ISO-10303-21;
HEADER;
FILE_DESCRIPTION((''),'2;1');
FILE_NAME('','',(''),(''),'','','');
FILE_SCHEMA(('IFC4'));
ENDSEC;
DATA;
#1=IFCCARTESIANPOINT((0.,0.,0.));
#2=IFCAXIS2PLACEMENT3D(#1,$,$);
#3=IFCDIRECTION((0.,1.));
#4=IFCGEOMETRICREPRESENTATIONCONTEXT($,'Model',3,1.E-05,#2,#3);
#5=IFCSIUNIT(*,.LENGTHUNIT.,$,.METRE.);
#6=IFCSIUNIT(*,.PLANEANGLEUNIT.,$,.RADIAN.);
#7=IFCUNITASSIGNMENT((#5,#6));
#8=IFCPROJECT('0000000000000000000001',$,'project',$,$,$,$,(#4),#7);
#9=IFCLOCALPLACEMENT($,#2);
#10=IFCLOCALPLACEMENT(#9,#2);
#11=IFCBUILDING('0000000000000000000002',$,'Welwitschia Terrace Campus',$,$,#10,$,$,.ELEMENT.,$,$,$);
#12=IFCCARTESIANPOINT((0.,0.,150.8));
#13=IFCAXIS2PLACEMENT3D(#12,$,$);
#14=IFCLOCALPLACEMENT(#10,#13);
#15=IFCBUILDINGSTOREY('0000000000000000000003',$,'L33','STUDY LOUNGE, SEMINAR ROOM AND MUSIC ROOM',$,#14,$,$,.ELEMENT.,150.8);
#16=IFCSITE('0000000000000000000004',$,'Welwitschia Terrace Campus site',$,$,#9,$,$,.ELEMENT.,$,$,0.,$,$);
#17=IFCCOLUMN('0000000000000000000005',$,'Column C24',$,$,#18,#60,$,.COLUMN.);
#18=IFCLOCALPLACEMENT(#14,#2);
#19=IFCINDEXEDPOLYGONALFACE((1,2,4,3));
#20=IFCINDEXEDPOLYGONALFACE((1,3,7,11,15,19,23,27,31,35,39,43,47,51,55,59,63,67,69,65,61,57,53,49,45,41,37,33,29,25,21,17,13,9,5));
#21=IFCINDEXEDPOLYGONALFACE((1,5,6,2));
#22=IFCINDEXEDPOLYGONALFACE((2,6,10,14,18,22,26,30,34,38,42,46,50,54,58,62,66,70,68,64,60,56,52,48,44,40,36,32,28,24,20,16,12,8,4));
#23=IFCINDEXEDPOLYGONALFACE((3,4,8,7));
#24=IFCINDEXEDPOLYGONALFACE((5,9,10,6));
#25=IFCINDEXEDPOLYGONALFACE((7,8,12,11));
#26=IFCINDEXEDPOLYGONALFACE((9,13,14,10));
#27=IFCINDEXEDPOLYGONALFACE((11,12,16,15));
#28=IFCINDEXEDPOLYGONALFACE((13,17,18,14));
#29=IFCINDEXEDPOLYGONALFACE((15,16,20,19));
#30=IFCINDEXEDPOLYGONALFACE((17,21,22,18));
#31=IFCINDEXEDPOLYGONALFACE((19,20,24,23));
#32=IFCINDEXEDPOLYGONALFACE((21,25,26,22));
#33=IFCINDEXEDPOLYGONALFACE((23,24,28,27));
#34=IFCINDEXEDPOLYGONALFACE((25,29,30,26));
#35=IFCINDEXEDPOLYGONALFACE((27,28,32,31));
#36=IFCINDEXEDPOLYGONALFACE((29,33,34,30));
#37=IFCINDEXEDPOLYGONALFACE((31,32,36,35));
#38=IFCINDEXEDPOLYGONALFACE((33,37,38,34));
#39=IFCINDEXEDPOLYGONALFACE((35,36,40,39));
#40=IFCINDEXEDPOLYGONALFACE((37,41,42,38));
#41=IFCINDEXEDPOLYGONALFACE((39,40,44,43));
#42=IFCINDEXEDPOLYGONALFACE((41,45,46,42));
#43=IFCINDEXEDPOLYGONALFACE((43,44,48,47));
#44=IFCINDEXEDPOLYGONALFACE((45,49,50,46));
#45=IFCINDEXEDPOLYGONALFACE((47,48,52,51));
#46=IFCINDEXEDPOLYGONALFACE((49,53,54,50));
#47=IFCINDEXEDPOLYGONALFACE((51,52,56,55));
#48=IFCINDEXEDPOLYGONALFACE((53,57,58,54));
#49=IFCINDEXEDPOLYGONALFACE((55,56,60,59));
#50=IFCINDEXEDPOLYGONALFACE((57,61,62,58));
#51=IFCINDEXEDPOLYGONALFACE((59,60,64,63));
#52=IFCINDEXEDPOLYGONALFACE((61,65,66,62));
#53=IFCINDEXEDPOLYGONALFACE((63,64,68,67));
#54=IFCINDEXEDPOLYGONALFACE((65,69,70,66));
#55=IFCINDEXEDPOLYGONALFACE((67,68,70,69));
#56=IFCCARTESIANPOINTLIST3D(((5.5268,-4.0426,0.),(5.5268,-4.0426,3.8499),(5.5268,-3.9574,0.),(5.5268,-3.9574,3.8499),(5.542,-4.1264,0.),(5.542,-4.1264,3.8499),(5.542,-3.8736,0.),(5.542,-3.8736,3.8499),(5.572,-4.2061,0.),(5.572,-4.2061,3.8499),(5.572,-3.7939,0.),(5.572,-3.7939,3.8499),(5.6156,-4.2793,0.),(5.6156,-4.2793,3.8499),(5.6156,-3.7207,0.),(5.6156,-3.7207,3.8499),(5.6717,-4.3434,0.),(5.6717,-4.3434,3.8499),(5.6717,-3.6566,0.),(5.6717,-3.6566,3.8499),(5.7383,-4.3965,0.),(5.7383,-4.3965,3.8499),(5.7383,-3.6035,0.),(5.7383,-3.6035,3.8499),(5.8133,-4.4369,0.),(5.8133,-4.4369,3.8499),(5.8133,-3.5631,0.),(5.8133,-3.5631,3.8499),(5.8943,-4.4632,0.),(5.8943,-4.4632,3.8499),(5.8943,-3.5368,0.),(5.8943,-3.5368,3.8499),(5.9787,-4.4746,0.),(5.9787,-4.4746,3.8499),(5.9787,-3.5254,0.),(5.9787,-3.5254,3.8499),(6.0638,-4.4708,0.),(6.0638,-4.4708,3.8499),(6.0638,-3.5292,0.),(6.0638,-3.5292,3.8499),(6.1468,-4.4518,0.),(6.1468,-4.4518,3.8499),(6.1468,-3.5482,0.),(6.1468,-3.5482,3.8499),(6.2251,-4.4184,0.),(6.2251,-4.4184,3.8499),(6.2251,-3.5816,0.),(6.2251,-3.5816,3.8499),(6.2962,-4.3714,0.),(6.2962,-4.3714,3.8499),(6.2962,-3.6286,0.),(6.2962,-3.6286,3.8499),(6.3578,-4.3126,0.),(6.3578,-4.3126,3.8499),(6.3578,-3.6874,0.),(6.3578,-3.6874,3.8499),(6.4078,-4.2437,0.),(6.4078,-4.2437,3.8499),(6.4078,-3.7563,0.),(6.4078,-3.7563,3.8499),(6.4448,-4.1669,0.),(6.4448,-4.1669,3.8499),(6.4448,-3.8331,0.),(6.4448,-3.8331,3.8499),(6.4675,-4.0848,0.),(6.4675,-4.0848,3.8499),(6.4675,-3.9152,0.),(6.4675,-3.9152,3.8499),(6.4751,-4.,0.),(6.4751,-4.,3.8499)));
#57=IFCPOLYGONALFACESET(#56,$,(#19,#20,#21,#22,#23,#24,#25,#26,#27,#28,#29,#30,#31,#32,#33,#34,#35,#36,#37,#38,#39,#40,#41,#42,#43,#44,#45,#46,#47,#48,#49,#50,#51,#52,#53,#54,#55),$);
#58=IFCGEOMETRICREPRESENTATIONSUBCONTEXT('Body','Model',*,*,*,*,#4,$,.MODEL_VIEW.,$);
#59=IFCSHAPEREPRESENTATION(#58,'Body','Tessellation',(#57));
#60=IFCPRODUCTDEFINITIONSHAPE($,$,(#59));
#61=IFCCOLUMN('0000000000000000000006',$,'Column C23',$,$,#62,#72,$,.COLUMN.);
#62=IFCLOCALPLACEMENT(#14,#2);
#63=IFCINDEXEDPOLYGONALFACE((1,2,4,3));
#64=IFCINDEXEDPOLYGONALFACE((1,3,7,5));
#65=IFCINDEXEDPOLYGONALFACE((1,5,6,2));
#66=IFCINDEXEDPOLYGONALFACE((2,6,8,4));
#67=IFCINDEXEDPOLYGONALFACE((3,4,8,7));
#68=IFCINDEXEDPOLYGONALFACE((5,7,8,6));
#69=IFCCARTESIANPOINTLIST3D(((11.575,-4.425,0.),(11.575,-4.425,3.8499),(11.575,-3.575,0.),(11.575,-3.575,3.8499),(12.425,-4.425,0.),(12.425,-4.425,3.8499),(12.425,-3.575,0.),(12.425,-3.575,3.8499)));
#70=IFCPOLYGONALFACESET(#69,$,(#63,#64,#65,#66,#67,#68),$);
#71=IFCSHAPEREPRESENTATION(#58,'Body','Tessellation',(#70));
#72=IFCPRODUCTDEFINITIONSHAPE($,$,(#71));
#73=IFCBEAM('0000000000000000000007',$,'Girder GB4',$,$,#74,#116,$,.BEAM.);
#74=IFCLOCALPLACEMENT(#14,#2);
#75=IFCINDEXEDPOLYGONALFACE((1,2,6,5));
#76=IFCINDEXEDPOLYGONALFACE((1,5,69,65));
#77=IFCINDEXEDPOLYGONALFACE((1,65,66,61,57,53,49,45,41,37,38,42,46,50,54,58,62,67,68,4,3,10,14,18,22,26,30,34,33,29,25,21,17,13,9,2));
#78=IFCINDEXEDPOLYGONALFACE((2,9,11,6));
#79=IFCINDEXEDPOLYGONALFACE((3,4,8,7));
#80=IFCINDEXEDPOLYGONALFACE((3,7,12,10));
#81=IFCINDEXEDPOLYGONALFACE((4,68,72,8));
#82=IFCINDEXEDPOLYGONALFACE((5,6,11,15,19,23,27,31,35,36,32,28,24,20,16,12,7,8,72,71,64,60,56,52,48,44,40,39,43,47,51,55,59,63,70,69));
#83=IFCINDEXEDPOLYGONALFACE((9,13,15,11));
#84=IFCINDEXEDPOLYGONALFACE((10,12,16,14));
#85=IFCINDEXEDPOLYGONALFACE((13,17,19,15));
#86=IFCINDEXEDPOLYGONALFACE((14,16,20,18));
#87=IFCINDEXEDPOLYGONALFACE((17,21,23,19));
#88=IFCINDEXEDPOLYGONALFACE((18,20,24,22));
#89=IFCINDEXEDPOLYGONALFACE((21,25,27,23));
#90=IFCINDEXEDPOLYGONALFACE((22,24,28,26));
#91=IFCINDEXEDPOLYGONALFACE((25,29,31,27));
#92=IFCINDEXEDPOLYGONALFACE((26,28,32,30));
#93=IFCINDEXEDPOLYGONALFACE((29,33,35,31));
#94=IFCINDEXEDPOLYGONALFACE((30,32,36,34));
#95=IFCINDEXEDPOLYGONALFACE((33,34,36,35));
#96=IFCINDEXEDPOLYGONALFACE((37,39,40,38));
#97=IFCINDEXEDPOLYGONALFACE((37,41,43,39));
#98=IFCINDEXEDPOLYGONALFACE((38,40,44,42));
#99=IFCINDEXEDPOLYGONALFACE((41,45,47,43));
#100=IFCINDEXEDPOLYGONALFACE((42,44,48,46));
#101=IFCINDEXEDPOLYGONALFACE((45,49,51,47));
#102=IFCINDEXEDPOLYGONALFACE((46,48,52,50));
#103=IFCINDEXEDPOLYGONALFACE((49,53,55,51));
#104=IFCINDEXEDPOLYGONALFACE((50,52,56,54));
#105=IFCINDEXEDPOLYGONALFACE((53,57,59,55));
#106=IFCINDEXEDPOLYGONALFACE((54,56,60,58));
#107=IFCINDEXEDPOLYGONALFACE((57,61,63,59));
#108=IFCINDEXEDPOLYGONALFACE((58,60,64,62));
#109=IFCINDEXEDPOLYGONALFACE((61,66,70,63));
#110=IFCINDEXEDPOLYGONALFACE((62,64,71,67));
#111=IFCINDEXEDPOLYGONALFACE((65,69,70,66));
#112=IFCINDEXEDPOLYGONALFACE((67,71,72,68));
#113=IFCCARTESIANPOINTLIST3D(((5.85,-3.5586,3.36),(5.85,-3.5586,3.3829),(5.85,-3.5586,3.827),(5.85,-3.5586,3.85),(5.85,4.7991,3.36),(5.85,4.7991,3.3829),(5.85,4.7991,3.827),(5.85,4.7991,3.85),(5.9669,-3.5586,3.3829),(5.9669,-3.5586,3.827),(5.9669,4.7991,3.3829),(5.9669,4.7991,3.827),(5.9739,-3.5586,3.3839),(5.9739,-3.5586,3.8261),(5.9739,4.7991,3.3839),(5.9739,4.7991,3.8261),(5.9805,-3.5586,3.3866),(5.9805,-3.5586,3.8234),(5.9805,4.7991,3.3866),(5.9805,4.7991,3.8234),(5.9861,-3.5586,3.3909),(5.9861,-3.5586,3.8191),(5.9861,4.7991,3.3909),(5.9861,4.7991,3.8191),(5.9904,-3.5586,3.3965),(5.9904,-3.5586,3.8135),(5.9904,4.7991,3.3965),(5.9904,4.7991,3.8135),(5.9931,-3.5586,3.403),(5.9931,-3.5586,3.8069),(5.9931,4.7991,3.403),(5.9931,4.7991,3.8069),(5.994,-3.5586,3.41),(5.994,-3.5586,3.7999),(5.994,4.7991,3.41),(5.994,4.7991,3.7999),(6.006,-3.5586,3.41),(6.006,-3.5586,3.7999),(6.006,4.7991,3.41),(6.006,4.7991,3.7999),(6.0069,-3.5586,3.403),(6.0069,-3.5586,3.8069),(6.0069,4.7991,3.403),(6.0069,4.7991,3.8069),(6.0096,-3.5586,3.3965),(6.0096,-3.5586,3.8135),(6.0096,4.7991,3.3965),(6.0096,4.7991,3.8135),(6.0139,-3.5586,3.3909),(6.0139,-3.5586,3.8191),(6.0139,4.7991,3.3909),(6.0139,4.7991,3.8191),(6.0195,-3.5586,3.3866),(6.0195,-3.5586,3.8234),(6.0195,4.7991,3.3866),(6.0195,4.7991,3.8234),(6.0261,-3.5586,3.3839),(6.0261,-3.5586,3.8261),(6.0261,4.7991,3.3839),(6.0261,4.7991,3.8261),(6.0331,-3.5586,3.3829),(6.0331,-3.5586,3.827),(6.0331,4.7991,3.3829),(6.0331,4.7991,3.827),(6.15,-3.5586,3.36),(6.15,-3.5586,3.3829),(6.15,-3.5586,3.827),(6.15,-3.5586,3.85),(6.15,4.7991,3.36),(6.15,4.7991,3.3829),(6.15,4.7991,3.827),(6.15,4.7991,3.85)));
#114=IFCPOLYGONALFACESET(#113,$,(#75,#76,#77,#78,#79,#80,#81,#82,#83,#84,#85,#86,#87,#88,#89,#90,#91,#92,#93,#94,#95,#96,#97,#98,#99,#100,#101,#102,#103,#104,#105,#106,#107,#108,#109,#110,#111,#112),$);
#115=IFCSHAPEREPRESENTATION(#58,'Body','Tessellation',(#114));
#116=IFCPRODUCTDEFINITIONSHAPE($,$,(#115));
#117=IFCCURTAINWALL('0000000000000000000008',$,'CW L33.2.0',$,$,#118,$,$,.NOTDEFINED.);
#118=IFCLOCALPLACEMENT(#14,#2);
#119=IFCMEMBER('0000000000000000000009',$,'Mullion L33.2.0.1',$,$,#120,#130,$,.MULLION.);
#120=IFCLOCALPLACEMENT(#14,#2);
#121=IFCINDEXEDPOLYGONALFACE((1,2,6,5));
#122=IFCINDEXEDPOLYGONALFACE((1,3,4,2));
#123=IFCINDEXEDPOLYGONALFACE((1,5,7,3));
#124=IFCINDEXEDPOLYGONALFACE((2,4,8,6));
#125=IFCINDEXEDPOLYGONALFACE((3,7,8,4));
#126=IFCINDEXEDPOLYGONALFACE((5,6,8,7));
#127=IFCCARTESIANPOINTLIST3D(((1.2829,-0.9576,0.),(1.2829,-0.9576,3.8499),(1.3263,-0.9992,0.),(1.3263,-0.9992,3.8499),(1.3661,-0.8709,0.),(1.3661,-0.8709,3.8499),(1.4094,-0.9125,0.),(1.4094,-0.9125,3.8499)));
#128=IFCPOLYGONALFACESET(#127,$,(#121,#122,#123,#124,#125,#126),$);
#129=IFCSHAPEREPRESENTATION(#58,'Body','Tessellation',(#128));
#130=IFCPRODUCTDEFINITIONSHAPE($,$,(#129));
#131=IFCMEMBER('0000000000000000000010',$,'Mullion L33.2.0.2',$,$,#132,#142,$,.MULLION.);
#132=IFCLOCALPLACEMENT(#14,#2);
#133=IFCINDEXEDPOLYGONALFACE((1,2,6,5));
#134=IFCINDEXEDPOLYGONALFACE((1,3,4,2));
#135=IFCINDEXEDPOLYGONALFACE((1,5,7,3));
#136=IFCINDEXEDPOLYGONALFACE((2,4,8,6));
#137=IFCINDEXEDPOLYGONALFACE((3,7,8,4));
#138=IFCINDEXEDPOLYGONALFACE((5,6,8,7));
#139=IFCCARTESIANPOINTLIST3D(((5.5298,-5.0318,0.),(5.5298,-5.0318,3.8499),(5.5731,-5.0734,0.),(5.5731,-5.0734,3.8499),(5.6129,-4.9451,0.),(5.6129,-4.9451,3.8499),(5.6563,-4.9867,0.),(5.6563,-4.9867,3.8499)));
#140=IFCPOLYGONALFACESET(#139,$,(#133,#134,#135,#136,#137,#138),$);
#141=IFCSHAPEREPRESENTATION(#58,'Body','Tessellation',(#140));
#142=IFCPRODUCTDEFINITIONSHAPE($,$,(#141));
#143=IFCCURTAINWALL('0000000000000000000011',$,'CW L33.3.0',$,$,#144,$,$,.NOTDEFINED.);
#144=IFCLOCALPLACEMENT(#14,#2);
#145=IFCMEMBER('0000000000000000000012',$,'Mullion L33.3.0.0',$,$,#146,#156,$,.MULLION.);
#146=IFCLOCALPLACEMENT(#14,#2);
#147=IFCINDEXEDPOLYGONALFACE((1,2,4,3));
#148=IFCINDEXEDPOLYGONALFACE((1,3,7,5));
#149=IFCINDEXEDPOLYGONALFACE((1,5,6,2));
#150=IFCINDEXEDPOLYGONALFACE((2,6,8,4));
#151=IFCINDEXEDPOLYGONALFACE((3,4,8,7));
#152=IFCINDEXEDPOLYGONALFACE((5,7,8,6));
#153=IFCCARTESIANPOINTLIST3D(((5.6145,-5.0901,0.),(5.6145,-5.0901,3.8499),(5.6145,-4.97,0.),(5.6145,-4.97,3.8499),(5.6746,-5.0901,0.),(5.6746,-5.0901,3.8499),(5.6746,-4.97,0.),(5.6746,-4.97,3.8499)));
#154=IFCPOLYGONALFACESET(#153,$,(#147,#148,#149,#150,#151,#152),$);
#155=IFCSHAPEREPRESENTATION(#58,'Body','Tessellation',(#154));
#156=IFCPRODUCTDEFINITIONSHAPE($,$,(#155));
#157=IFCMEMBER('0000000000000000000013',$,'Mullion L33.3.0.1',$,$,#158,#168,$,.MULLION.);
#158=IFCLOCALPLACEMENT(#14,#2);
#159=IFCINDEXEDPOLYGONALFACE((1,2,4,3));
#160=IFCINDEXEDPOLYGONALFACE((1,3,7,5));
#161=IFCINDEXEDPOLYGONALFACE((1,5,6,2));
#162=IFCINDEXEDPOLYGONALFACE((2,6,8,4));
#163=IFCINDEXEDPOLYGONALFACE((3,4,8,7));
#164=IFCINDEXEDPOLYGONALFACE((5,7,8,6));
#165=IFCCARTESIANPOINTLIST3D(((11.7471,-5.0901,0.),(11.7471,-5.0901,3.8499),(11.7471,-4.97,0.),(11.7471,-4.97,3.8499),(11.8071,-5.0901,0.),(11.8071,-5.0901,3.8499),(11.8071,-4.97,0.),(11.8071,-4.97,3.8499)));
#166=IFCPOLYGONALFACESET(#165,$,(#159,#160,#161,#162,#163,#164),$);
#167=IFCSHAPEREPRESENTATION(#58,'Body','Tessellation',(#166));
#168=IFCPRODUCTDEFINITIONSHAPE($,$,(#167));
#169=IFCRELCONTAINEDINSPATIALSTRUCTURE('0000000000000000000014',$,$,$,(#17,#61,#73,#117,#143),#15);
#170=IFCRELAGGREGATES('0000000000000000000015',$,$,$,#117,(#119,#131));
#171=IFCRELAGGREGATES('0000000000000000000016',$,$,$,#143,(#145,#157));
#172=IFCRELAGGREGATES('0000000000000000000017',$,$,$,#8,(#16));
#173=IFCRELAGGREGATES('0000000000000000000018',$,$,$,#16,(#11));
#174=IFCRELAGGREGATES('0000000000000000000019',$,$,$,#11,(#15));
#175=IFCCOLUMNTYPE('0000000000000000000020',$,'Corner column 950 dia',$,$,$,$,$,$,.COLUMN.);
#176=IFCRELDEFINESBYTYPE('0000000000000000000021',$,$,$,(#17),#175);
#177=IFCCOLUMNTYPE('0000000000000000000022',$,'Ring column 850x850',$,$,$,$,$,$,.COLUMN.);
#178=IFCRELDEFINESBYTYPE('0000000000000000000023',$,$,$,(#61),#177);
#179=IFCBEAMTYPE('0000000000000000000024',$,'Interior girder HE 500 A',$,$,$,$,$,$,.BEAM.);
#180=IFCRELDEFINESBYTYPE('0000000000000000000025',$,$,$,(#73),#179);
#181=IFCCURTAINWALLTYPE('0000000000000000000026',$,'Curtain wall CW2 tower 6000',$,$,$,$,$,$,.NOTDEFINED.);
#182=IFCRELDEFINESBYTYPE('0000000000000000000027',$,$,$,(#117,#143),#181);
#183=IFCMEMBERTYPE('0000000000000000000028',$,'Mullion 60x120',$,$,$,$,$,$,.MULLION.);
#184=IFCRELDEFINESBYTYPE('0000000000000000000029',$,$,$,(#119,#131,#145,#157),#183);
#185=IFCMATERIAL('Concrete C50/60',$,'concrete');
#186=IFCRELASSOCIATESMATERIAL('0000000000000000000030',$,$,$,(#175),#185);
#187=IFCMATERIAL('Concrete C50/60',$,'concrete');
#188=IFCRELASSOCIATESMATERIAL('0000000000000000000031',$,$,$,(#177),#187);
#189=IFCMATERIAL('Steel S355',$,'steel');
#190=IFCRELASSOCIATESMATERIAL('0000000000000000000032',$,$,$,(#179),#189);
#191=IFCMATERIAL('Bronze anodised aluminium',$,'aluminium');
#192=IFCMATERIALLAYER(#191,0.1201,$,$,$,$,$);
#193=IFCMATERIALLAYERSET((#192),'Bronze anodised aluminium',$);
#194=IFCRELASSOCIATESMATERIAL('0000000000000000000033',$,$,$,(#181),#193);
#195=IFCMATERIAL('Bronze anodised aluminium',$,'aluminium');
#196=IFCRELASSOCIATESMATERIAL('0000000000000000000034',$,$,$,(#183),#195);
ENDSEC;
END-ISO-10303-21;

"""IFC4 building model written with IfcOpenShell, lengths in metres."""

from ifc_helpers import new_model, si_unit, direction, frame, origin, origin_2d, place, context, subcontext, project, spatial, rectangle, circle, i_section, extrude, material, layer, layer_set, material_profile, profile_set, type_object, element, aggregate, save


model = new_model("IFC4")

# Units and contexts
model_context = context("Model", 3, precision=1e-05, world=origin(), true_north=direction((0.0, 1.0)))
body_context = subcontext(model_context, "Body", "Model", "MODEL_VIEW")
ifc_project = project(units=[si_unit("LENGTHUNIT", "METRE"), si_unit("PLANEANGLEUNIT", "RADIAN")], contexts=[model_context])

# Site, building, storey
site_placement = place(None, origin())
site = spatial("IfcSite", under=ifc_project, at=site_placement, Name="Welwitschia Terrace Campus site", CompositionType="ELEMENT", RefElevation=0.0)
building_placement = place(site_placement, origin())
building = spatial("IfcBuilding", under=site, at=building_placement, Name="Welwitschia Terrace Campus", CompositionType="ELEMENT")
storey_placement = place(building_placement, frame((0.0, 0.0, 150.8)))
storey = spatial("IfcBuildingStorey", under=building, at=storey_placement, Name="L33", Description="STUDY LOUNGE, SEMINAR ROOM AND MUSIC ROOM", CompositionType="ELEMENT", Elevation=150.8)

# Columns
ifc_material_1 = material(Name="Concrete C50/60", Category="concrete")
ifc_material_profile_1 = material_profile(ifc_material_1, circle(Radius=0.4751, at=origin_2d()))
ifc_profile_set_1 = profile_set([ifc_material_profile_1], Name="Concrete C50/60")
column_type_1 = type_object("IfcColumnType", Name="Corner column 950 dia", PredefinedType="COLUMN", material=ifc_profile_set_1)
column_1_placement = place(storey_placement, frame((6.0, -4.0, 0.0), z_axis=(0.0, 0.0, 1.0), x_axis=(1.0, 0.0, 0.0)))
element("IfcColumn", 1, at=column_1_placement, inside=storey, type_object=column_type_1, Name="Column C24", PredefinedType="COLUMN", context=body_context, shape_type="SweptSolid", body=[
    extrude(circle(Radius=0.4751, at=origin_2d()), origin(), (0.0, 0.0, 1.0), 3.8499),
])
ifc_material_2 = material(Name="Concrete C50/60", Category="concrete")
ifc_material_profile_2 = material_profile(ifc_material_2, rectangle(XDim=0.8501, YDim=0.8501, at=origin_2d()))
ifc_profile_set_2 = profile_set([ifc_material_profile_2], Name="Concrete C50/60")
column_type_2 = type_object("IfcColumnType", Name="Ring column 850x850", PredefinedType="COLUMN", material=ifc_profile_set_2)
column_2_placement = place(storey_placement, frame((12.0, -4.0, 0.0), z_axis=(0.0, 0.0, 1.0), x_axis=(1.0, 0.0, 0.0)))
element("IfcColumn", 2, at=column_2_placement, inside=storey, type_object=column_type_2, Name="Column C23", PredefinedType="COLUMN", context=body_context, shape_type="SweptSolid", body=[
    extrude(rectangle(XDim=0.8501, YDim=0.8501, at=origin_2d()), origin(), (0.0, 0.0, 1.0), 3.8499),
])

# Beam
ifc_material_3 = material(Name="Steel S355", Category="steel")
ifc_material_profile_3 = material_profile(ifc_material_3, i_section(OverallWidth=0.3, OverallDepth=0.49, WebThickness=0.012, FlangeThickness=0.0229, FilletRadius=0.0271, at=origin_2d()))
ifc_profile_set_3 = profile_set([ifc_material_profile_3], Name="Steel S355")
beam_type_1 = type_object("IfcBeamType", Name="Interior girder HE 500 A", PredefinedType="BEAM", material=ifc_profile_set_3)
beam_1_placement = place(storey_placement, frame((6.0, -3.5586, 3.605), z_axis=(0.0, 1.0, 0.0), x_axis=(-1.0, 0.0, 0.0)))
element("IfcBeam", 3, at=beam_1_placement, inside=storey, type_object=beam_type_1, Name="Girder GB4", PredefinedType="BEAM", context=body_context, shape_type="SweptSolid", body=[
    extrude(i_section(OverallWidth=0.3, OverallDepth=0.49, WebThickness=0.012, FlangeThickness=0.0229, FilletRadius=0.0271, at=origin_2d()), origin(), (0.0, 0.0, 1.0), 8.3577),
])

# Curtain walls, members
ifc_material_4 = material(Name="Bronze anodised aluminium", Category="aluminium")
ifc_layer_1 = layer(ifc_material_4, 0.1201)
ifc_layer_set_1 = layer_set([ifc_layer_1], Name="Bronze anodised aluminium")
curtain_wall_type = type_object("IfcCurtainWallType", Name="Curtain wall CW2 tower 6000", PredefinedType="NOTDEFINED", material=ifc_layer_set_1)
curtain_wall_1_placement = place(storey_placement, origin())
curtain_wall_1 = element("IfcCurtainWall", 4, at=curtain_wall_1_placement, inside=storey, type_object=curtain_wall_type, Name="CW L33.2.0", PredefinedType="NOTDEFINED")
ifc_material_5 = material(Name="Bronze anodised aluminium", Category="aluminium")
ifc_material_profile_4 = material_profile(ifc_material_5, rectangle(XDim=0.1201, YDim=0.0601, at=origin_2d()))
ifc_profile_set_4 = profile_set([ifc_material_profile_4], Name="Bronze anodised aluminium")
member_type_1 = type_object("IfcMemberType", Name="Mullion 60x120", PredefinedType="MULLION", material=ifc_profile_set_4)
member_1_placement = place(storey_placement, frame((1.3462, -0.9351, 0.0), z_axis=(0.0, 0.0, 1.0), x_axis=(0.692283, 0.721626, 0.0)))
member_1 = element("IfcMember", 5, at=member_1_placement, type_object=member_type_1, Name="Mullion L33.2.0.1", PredefinedType="MULLION", context=body_context, shape_type="SweptSolid", body=[
    extrude(rectangle(XDim=0.1201, YDim=0.0601, at=origin_2d()), origin(), (0.0, 0.0, 1.0), 3.8499),
])
member_2_placement = place(storey_placement, frame((5.593, -5.0093, 0.0), z_axis=(0.0, 0.0, 1.0), x_axis=(0.692283, 0.721626, 0.0)))
member_2 = element("IfcMember", 6, at=member_2_placement, type_object=member_type_1, Name="Mullion L33.2.0.2", PredefinedType="MULLION", context=body_context, shape_type="SweptSolid", body=[
    extrude(rectangle(XDim=0.1201, YDim=0.0601, at=origin_2d()), origin(), (0.0, 0.0, 1.0), 3.8499),
])
curtain_wall_2_placement = place(storey_placement, origin())
curtain_wall_2 = element("IfcCurtainWall", 7, at=curtain_wall_2_placement, inside=storey, type_object=curtain_wall_type, Name="CW L33.3.0", PredefinedType="NOTDEFINED")
member_3_placement = place(storey_placement, frame((5.6445, -5.03, 0.0), z_axis=(0.0, 0.0, 1.0), x_axis=(0.0, 1.0, 0.0)))
member_3 = element("IfcMember", 8, at=member_3_placement, type_object=member_type_1, Name="Mullion L33.3.0.0", PredefinedType="MULLION", context=body_context, shape_type="SweptSolid", body=[
    extrude(rectangle(XDim=0.1201, YDim=0.0601, at=origin_2d()), origin(), (0.0, 0.0, 1.0), 3.8499),
])
member_4_placement = place(storey_placement, frame((11.7771, -5.03, 0.0), z_axis=(0.0, 0.0, 1.0), x_axis=(0.0, 1.0, 0.0)))
member_4 = element("IfcMember", 9, at=member_4_placement, type_object=member_type_1, Name="Mullion L33.3.0.1", PredefinedType="MULLION", context=body_context, shape_type="SweptSolid", body=[
    extrude(rectangle(XDim=0.1201, YDim=0.0601, at=origin_2d()), origin(), (0.0, 0.0, 1.0), 3.8499),
])

aggregate(curtain_wall_1, [member_1, member_2])
aggregate(curtain_wall_2, [member_3, member_4])

save(model, "model.ifc")
